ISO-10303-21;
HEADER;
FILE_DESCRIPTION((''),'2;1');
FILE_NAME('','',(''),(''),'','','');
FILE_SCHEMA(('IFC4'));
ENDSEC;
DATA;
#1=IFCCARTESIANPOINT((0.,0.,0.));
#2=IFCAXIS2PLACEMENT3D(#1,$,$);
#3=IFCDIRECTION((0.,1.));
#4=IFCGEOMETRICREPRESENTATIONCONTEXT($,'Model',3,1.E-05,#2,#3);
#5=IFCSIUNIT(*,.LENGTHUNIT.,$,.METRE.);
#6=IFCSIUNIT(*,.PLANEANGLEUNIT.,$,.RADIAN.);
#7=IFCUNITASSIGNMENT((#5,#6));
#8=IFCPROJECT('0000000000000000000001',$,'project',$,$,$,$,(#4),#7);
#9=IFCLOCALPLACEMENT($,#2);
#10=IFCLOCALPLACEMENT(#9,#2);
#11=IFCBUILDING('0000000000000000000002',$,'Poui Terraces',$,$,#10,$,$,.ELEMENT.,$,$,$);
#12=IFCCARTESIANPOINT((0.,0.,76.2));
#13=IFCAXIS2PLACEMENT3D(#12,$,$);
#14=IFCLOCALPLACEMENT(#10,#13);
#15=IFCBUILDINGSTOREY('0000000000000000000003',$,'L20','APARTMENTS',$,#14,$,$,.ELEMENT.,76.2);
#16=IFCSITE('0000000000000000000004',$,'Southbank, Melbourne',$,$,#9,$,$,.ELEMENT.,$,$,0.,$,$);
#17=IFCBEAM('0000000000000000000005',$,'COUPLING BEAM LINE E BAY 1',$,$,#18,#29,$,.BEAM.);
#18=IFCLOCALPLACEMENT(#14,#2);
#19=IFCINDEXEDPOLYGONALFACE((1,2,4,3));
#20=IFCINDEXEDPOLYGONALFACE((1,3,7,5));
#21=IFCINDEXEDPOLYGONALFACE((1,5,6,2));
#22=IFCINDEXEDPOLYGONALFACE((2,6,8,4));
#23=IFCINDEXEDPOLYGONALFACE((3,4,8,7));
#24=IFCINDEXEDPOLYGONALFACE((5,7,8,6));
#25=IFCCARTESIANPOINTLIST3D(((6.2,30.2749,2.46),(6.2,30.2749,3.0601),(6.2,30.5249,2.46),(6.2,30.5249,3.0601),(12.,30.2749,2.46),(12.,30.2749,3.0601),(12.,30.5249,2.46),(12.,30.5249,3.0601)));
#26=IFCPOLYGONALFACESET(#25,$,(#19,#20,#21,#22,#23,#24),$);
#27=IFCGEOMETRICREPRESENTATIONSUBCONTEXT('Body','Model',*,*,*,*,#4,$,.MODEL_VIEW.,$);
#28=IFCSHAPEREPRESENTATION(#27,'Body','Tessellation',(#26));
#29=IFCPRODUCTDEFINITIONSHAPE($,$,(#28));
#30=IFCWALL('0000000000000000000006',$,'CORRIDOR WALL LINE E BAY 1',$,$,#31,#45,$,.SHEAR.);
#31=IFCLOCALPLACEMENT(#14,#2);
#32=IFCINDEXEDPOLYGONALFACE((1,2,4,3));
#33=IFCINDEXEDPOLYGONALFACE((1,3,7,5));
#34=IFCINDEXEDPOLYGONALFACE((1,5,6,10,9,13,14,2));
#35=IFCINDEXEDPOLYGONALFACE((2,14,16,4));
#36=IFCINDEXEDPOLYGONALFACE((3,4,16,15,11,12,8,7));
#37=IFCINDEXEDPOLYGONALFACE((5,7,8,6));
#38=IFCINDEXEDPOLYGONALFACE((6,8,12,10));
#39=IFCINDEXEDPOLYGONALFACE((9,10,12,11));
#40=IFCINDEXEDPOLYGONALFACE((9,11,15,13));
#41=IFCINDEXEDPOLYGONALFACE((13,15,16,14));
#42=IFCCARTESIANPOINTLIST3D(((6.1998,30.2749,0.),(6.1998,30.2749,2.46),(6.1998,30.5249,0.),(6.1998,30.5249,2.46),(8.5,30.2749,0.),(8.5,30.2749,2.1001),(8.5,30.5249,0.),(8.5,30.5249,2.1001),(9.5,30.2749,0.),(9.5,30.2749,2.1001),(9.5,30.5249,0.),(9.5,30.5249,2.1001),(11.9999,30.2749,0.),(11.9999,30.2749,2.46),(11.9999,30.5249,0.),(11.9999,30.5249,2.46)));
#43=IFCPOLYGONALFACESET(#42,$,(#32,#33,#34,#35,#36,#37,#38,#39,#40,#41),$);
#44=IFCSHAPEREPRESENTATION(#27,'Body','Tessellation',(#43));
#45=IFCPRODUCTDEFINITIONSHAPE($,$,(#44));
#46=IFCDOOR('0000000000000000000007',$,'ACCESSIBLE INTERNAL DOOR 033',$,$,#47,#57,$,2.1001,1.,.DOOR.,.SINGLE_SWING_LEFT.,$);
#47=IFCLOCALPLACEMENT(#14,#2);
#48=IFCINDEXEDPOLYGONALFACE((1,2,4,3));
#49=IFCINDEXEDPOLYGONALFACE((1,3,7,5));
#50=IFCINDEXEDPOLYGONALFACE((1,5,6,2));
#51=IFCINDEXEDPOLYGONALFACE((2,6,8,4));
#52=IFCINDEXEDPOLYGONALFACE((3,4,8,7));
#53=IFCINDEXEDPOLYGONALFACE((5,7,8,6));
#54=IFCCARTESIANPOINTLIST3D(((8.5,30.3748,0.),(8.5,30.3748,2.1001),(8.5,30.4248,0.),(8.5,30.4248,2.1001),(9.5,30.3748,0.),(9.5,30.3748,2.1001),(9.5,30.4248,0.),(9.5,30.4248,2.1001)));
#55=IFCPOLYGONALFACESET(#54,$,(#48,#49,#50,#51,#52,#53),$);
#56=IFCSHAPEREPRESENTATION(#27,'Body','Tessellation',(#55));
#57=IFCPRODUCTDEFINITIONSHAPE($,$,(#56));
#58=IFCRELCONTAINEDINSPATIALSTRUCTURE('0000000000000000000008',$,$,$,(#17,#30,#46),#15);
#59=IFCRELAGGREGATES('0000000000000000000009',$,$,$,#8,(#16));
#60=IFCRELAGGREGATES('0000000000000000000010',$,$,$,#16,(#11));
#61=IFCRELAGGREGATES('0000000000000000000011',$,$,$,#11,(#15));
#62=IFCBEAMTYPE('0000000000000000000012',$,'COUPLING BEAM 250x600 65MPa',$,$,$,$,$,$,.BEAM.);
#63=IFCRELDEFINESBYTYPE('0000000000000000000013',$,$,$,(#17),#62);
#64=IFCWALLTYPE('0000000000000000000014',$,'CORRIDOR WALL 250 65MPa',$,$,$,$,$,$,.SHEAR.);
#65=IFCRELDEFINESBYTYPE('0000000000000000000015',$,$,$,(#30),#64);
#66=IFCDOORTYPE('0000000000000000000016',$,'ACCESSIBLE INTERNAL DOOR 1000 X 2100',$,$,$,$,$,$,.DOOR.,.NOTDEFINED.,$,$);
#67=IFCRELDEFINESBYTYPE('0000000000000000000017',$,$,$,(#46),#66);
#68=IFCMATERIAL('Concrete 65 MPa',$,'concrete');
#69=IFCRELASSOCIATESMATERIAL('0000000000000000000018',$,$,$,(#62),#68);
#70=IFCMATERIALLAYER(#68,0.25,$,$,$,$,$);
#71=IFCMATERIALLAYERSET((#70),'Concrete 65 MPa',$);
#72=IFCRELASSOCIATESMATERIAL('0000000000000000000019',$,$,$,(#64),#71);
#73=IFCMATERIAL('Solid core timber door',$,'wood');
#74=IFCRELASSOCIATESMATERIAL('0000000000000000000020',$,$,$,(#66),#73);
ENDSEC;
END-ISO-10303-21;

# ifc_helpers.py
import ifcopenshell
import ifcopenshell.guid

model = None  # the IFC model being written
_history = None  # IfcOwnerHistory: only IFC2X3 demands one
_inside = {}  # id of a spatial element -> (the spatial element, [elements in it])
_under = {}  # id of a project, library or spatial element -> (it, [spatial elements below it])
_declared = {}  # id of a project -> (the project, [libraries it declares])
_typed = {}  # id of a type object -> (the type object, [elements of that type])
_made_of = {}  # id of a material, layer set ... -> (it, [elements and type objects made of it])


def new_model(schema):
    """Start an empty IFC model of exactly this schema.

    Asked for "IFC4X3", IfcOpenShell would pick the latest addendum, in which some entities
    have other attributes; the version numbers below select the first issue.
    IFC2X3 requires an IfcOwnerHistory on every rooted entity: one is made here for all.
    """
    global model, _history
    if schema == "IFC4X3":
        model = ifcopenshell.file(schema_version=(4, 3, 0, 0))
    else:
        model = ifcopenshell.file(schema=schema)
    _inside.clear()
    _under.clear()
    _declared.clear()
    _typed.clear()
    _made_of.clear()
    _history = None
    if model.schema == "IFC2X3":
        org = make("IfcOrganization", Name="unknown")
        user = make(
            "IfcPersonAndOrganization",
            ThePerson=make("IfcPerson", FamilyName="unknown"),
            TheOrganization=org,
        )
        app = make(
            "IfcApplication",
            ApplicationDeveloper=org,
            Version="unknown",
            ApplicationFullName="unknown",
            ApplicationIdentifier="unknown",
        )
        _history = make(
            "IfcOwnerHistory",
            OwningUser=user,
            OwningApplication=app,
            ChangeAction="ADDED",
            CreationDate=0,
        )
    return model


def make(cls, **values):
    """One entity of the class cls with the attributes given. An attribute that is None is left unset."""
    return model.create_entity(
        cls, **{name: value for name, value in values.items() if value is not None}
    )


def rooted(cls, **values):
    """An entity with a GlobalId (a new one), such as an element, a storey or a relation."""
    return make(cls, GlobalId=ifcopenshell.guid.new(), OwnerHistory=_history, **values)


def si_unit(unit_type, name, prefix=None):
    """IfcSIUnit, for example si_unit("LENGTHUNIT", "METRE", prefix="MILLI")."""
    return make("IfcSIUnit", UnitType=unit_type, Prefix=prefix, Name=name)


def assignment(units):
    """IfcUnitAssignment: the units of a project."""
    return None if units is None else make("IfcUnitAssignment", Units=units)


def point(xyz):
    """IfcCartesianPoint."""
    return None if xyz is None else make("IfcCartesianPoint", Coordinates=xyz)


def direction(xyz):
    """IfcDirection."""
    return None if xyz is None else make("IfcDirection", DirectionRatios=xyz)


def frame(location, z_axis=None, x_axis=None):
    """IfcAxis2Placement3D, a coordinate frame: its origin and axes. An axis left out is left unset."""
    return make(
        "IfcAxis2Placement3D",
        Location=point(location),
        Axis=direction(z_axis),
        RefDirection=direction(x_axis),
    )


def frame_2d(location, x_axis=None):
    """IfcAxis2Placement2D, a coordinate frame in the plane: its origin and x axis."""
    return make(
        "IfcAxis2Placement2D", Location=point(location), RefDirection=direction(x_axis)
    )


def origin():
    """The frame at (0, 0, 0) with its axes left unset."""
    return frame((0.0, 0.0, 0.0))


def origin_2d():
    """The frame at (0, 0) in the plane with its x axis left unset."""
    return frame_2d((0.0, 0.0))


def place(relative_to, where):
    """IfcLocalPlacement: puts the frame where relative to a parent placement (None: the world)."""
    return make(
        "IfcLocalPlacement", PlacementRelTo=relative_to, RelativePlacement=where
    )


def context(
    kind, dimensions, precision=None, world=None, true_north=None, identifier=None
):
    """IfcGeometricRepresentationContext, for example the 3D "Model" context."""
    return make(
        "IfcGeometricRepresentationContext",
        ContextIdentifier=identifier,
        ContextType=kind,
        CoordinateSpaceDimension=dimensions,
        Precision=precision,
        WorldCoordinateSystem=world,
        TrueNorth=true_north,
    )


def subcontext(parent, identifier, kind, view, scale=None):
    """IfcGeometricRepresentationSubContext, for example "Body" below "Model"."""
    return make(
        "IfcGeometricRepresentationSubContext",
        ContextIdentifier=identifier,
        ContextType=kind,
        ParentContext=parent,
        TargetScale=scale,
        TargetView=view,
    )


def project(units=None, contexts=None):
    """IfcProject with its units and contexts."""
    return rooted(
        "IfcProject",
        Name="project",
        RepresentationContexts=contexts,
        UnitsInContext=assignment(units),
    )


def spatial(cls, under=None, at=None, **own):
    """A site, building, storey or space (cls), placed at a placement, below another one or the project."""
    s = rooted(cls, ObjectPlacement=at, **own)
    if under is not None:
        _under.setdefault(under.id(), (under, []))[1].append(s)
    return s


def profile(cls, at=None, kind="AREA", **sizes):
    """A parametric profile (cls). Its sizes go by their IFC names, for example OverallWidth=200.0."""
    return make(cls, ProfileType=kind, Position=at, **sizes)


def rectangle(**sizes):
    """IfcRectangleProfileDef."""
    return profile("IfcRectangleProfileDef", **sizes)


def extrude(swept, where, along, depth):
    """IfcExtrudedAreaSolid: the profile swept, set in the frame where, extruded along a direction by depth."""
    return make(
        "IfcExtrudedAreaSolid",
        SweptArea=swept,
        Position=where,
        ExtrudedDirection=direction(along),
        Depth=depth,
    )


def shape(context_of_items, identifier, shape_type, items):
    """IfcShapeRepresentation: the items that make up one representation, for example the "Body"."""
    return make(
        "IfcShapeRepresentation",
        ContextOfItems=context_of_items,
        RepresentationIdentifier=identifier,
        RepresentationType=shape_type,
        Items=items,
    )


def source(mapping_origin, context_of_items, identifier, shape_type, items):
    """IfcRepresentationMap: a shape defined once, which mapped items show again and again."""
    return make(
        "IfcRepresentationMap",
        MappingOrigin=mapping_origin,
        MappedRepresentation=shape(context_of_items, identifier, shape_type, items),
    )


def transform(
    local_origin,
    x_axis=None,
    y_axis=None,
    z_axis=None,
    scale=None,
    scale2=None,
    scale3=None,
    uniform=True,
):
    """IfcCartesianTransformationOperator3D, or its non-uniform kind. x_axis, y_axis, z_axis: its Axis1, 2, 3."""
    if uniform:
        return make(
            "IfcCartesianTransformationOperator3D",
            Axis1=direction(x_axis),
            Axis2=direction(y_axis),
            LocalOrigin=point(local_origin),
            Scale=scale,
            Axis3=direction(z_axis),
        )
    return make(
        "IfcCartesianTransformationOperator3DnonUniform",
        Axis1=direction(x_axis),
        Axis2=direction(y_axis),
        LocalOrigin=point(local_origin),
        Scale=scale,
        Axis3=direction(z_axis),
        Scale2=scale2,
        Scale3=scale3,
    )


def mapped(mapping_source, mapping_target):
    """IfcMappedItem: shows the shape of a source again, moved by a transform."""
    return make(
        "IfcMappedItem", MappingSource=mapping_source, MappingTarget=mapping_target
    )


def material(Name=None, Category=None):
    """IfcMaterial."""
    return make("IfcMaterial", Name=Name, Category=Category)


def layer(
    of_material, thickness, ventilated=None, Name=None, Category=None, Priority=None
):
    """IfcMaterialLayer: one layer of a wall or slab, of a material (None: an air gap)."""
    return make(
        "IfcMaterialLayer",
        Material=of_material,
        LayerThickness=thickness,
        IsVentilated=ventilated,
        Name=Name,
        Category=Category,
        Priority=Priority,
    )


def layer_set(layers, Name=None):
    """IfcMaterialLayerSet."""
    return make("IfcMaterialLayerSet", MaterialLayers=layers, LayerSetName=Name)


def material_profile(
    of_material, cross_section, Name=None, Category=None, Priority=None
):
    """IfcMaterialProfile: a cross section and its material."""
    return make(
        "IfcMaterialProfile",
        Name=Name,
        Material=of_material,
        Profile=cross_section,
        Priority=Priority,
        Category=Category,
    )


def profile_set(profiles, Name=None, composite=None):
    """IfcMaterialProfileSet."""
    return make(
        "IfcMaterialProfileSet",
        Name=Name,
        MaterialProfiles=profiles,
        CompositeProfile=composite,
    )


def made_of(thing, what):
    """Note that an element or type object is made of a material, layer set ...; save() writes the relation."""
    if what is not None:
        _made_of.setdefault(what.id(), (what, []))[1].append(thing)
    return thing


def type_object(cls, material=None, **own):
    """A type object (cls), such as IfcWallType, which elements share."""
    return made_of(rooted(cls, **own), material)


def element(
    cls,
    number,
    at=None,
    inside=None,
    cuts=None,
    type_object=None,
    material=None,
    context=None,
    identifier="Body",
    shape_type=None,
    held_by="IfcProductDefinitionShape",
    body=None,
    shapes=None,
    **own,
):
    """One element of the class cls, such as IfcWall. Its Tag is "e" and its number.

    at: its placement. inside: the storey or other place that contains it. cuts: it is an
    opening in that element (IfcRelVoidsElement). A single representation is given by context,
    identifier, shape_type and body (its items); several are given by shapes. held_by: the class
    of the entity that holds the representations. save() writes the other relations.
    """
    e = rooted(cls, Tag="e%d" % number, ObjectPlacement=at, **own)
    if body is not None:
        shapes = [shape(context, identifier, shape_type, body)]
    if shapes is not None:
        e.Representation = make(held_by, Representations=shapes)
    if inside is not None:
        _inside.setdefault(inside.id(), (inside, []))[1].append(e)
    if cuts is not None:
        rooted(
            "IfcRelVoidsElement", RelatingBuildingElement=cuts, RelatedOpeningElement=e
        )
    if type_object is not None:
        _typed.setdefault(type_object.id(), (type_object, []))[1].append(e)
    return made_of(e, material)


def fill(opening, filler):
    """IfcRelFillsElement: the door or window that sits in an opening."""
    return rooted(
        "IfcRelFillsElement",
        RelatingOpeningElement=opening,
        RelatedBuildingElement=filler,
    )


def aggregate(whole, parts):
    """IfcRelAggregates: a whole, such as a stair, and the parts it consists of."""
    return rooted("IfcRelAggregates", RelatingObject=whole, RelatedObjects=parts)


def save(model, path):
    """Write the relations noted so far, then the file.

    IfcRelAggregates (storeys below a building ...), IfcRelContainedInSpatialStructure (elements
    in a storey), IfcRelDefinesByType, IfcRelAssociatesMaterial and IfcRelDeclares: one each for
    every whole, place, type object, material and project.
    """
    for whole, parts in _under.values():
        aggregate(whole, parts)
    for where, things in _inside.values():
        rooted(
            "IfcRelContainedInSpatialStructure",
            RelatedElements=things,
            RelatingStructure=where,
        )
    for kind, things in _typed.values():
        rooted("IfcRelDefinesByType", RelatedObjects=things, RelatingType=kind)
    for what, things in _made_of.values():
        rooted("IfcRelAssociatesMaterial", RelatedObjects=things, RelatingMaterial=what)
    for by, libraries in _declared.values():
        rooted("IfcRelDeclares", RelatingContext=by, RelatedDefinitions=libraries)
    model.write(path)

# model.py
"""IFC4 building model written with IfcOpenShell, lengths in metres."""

from ifc_helpers import new_model, si_unit, direction, frame, frame_2d, origin, origin_2d, place, context, subcontext, project, spatial, rectangle, extrude, source, transform, mapped, material, layer, layer_set, material_profile, profile_set, type_object, element, fill, save


model = new_model("IFC4")

# Units and contexts
model_context = context("Model", 3, precision=1e-05, world=origin(), true_north=direction((0.0, 1.0)))
body_context = subcontext(model_context, "Body", "Model", "MODEL_VIEW")
ifc_project = project(units=[si_unit("LENGTHUNIT", "METRE"), si_unit("PLANEANGLEUNIT", "RADIAN")], contexts=[model_context])

# Site, building, storey
site_placement = place(None, origin())
site = spatial("IfcSite", under=ifc_project, at=site_placement, Name="Southbank, Melbourne", CompositionType="ELEMENT", RefElevation=0.0)
building_placement = place(site_placement, origin())
building = spatial("IfcBuilding", under=site, at=building_placement, Name="Poui Terraces", CompositionType="ELEMENT")
storey_placement = place(building_placement, frame((0.0, 0.0, 76.2)))
storey = spatial("IfcBuildingStorey", under=building, at=storey_placement, Name="L20", Description="APARTMENTS", CompositionType="ELEMENT", Elevation=76.2)

# Beam
ifc_material_1 = material(Name="Concrete 65 MPa", Category="concrete")
ifc_material_profile = material_profile(ifc_material_1, rectangle(XDim=0.25, YDim=0.6001, at=origin_2d()), Name="RC 250x600")
ifc_profile_set = profile_set([ifc_material_profile], Name="Concrete 65 MPa")
beam_type = type_object("IfcBeamType", Name="COUPLING BEAM 250x600 65MPa", PredefinedType="BEAM", material=ifc_profile_set)
shared_shape = source(origin(), body_context, "Body", "SweptSolid", [
    extrude(rectangle(XDim=0.25, YDim=0.6001, at=origin_2d()), origin(), (0.0, 0.0, 1.0), 5.8),
])
beam_placement = place(storey_placement, frame((6.2, 30.3999, 2.76), z_axis=(1.0, 0.0, 0.0), x_axis=(0.0, 1.0, 0.0)))
element("IfcBeam", 1, at=beam_placement, inside=storey, type_object=beam_type, Name="COUPLING BEAM LINE E BAY 1", PredefinedType="BEAM", context=body_context, shape_type="MappedRepresentation", body=[
    mapped(shared_shape, transform((0.0, 0.0, 0.0))),
])

# Wall, opening, door
ifc_layer_1 = layer(ifc_material_1, 0.25)
ifc_layer_set_1 = layer_set([ifc_layer_1], Name="Concrete 65 MPa")
wall_type_1 = type_object("IfcWallType", Name="CORRIDOR WALL 250 65MPa", PredefinedType="SHEAR", material=ifc_layer_set_1)
wall_1_placement = place(storey_placement, frame((6.2, 30.3999, 0.0), z_axis=(0.0, 0.0, 1.0), x_axis=(1.0, 0.0, 0.0)))
wall_1 = element("IfcWall", 2, at=wall_1_placement, inside=storey, type_object=wall_type_1, Name="CORRIDOR WALL LINE E BAY 1", PredefinedType="SHEAR", context=body_context, shape_type="SweptSolid", body=[
    extrude(rectangle(XDim=5.8, YDim=0.25, at=frame_2d((2.8999, 0.0))), origin(), (0.0, 0.0, 1.0), 2.46),
])
opening_1_placement = place(wall_1_placement, frame((2.3, 0.0, 0.0)))
opening_1 = element("IfcOpeningElement", 3, at=opening_1_placement, cuts=wall_1, PredefinedType="OPENING", context=body_context, shape_type="SweptSolid", body=[
    extrude(rectangle(XDim=1.0, YDim=2.1001, at=frame_2d((0.5, 1.05))), frame((0.0, 0.135, 0.0), z_axis=(0.0, -1.0, 0.0), x_axis=(1.0, 0.0, 0.0)), (0.0, 0.0, 1.0), 0.27),
])
ifc_material_2 = material(Name="Solid core timber door", Category="wood")
door_type_1 = type_object("IfcDoorType", Name="ACCESSIBLE INTERNAL DOOR 1000 X 2100", OperationType="NOTDEFINED", PredefinedType="DOOR", material=ifc_material_2)
door_1_placement = place(opening_1_placement, origin())
door_1 = element("IfcDoor", 4, at=door_1_placement, inside=storey, type_object=door_type_1, Name="ACCESSIBLE INTERNAL DOOR 033", OperationType="SINGLE_SWING_LEFT", OverallHeight=2.1001, OverallWidth=1.0, PredefinedType="DOOR", context=body_context, shape_type="SweptSolid", body=[
    extrude(rectangle(XDim=1.0, YDim=2.1001, at=frame_2d((0.5, 1.05))), frame((0.0, 0.0249, 0.0), z_axis=(0.0, -1.0, 0.0), x_axis=(1.0, 0.0, 0.0)), (0.0, 0.0, 1.0), 0.05),
])
fill(opening_1, door_1)

save(model, "model.ifc")
